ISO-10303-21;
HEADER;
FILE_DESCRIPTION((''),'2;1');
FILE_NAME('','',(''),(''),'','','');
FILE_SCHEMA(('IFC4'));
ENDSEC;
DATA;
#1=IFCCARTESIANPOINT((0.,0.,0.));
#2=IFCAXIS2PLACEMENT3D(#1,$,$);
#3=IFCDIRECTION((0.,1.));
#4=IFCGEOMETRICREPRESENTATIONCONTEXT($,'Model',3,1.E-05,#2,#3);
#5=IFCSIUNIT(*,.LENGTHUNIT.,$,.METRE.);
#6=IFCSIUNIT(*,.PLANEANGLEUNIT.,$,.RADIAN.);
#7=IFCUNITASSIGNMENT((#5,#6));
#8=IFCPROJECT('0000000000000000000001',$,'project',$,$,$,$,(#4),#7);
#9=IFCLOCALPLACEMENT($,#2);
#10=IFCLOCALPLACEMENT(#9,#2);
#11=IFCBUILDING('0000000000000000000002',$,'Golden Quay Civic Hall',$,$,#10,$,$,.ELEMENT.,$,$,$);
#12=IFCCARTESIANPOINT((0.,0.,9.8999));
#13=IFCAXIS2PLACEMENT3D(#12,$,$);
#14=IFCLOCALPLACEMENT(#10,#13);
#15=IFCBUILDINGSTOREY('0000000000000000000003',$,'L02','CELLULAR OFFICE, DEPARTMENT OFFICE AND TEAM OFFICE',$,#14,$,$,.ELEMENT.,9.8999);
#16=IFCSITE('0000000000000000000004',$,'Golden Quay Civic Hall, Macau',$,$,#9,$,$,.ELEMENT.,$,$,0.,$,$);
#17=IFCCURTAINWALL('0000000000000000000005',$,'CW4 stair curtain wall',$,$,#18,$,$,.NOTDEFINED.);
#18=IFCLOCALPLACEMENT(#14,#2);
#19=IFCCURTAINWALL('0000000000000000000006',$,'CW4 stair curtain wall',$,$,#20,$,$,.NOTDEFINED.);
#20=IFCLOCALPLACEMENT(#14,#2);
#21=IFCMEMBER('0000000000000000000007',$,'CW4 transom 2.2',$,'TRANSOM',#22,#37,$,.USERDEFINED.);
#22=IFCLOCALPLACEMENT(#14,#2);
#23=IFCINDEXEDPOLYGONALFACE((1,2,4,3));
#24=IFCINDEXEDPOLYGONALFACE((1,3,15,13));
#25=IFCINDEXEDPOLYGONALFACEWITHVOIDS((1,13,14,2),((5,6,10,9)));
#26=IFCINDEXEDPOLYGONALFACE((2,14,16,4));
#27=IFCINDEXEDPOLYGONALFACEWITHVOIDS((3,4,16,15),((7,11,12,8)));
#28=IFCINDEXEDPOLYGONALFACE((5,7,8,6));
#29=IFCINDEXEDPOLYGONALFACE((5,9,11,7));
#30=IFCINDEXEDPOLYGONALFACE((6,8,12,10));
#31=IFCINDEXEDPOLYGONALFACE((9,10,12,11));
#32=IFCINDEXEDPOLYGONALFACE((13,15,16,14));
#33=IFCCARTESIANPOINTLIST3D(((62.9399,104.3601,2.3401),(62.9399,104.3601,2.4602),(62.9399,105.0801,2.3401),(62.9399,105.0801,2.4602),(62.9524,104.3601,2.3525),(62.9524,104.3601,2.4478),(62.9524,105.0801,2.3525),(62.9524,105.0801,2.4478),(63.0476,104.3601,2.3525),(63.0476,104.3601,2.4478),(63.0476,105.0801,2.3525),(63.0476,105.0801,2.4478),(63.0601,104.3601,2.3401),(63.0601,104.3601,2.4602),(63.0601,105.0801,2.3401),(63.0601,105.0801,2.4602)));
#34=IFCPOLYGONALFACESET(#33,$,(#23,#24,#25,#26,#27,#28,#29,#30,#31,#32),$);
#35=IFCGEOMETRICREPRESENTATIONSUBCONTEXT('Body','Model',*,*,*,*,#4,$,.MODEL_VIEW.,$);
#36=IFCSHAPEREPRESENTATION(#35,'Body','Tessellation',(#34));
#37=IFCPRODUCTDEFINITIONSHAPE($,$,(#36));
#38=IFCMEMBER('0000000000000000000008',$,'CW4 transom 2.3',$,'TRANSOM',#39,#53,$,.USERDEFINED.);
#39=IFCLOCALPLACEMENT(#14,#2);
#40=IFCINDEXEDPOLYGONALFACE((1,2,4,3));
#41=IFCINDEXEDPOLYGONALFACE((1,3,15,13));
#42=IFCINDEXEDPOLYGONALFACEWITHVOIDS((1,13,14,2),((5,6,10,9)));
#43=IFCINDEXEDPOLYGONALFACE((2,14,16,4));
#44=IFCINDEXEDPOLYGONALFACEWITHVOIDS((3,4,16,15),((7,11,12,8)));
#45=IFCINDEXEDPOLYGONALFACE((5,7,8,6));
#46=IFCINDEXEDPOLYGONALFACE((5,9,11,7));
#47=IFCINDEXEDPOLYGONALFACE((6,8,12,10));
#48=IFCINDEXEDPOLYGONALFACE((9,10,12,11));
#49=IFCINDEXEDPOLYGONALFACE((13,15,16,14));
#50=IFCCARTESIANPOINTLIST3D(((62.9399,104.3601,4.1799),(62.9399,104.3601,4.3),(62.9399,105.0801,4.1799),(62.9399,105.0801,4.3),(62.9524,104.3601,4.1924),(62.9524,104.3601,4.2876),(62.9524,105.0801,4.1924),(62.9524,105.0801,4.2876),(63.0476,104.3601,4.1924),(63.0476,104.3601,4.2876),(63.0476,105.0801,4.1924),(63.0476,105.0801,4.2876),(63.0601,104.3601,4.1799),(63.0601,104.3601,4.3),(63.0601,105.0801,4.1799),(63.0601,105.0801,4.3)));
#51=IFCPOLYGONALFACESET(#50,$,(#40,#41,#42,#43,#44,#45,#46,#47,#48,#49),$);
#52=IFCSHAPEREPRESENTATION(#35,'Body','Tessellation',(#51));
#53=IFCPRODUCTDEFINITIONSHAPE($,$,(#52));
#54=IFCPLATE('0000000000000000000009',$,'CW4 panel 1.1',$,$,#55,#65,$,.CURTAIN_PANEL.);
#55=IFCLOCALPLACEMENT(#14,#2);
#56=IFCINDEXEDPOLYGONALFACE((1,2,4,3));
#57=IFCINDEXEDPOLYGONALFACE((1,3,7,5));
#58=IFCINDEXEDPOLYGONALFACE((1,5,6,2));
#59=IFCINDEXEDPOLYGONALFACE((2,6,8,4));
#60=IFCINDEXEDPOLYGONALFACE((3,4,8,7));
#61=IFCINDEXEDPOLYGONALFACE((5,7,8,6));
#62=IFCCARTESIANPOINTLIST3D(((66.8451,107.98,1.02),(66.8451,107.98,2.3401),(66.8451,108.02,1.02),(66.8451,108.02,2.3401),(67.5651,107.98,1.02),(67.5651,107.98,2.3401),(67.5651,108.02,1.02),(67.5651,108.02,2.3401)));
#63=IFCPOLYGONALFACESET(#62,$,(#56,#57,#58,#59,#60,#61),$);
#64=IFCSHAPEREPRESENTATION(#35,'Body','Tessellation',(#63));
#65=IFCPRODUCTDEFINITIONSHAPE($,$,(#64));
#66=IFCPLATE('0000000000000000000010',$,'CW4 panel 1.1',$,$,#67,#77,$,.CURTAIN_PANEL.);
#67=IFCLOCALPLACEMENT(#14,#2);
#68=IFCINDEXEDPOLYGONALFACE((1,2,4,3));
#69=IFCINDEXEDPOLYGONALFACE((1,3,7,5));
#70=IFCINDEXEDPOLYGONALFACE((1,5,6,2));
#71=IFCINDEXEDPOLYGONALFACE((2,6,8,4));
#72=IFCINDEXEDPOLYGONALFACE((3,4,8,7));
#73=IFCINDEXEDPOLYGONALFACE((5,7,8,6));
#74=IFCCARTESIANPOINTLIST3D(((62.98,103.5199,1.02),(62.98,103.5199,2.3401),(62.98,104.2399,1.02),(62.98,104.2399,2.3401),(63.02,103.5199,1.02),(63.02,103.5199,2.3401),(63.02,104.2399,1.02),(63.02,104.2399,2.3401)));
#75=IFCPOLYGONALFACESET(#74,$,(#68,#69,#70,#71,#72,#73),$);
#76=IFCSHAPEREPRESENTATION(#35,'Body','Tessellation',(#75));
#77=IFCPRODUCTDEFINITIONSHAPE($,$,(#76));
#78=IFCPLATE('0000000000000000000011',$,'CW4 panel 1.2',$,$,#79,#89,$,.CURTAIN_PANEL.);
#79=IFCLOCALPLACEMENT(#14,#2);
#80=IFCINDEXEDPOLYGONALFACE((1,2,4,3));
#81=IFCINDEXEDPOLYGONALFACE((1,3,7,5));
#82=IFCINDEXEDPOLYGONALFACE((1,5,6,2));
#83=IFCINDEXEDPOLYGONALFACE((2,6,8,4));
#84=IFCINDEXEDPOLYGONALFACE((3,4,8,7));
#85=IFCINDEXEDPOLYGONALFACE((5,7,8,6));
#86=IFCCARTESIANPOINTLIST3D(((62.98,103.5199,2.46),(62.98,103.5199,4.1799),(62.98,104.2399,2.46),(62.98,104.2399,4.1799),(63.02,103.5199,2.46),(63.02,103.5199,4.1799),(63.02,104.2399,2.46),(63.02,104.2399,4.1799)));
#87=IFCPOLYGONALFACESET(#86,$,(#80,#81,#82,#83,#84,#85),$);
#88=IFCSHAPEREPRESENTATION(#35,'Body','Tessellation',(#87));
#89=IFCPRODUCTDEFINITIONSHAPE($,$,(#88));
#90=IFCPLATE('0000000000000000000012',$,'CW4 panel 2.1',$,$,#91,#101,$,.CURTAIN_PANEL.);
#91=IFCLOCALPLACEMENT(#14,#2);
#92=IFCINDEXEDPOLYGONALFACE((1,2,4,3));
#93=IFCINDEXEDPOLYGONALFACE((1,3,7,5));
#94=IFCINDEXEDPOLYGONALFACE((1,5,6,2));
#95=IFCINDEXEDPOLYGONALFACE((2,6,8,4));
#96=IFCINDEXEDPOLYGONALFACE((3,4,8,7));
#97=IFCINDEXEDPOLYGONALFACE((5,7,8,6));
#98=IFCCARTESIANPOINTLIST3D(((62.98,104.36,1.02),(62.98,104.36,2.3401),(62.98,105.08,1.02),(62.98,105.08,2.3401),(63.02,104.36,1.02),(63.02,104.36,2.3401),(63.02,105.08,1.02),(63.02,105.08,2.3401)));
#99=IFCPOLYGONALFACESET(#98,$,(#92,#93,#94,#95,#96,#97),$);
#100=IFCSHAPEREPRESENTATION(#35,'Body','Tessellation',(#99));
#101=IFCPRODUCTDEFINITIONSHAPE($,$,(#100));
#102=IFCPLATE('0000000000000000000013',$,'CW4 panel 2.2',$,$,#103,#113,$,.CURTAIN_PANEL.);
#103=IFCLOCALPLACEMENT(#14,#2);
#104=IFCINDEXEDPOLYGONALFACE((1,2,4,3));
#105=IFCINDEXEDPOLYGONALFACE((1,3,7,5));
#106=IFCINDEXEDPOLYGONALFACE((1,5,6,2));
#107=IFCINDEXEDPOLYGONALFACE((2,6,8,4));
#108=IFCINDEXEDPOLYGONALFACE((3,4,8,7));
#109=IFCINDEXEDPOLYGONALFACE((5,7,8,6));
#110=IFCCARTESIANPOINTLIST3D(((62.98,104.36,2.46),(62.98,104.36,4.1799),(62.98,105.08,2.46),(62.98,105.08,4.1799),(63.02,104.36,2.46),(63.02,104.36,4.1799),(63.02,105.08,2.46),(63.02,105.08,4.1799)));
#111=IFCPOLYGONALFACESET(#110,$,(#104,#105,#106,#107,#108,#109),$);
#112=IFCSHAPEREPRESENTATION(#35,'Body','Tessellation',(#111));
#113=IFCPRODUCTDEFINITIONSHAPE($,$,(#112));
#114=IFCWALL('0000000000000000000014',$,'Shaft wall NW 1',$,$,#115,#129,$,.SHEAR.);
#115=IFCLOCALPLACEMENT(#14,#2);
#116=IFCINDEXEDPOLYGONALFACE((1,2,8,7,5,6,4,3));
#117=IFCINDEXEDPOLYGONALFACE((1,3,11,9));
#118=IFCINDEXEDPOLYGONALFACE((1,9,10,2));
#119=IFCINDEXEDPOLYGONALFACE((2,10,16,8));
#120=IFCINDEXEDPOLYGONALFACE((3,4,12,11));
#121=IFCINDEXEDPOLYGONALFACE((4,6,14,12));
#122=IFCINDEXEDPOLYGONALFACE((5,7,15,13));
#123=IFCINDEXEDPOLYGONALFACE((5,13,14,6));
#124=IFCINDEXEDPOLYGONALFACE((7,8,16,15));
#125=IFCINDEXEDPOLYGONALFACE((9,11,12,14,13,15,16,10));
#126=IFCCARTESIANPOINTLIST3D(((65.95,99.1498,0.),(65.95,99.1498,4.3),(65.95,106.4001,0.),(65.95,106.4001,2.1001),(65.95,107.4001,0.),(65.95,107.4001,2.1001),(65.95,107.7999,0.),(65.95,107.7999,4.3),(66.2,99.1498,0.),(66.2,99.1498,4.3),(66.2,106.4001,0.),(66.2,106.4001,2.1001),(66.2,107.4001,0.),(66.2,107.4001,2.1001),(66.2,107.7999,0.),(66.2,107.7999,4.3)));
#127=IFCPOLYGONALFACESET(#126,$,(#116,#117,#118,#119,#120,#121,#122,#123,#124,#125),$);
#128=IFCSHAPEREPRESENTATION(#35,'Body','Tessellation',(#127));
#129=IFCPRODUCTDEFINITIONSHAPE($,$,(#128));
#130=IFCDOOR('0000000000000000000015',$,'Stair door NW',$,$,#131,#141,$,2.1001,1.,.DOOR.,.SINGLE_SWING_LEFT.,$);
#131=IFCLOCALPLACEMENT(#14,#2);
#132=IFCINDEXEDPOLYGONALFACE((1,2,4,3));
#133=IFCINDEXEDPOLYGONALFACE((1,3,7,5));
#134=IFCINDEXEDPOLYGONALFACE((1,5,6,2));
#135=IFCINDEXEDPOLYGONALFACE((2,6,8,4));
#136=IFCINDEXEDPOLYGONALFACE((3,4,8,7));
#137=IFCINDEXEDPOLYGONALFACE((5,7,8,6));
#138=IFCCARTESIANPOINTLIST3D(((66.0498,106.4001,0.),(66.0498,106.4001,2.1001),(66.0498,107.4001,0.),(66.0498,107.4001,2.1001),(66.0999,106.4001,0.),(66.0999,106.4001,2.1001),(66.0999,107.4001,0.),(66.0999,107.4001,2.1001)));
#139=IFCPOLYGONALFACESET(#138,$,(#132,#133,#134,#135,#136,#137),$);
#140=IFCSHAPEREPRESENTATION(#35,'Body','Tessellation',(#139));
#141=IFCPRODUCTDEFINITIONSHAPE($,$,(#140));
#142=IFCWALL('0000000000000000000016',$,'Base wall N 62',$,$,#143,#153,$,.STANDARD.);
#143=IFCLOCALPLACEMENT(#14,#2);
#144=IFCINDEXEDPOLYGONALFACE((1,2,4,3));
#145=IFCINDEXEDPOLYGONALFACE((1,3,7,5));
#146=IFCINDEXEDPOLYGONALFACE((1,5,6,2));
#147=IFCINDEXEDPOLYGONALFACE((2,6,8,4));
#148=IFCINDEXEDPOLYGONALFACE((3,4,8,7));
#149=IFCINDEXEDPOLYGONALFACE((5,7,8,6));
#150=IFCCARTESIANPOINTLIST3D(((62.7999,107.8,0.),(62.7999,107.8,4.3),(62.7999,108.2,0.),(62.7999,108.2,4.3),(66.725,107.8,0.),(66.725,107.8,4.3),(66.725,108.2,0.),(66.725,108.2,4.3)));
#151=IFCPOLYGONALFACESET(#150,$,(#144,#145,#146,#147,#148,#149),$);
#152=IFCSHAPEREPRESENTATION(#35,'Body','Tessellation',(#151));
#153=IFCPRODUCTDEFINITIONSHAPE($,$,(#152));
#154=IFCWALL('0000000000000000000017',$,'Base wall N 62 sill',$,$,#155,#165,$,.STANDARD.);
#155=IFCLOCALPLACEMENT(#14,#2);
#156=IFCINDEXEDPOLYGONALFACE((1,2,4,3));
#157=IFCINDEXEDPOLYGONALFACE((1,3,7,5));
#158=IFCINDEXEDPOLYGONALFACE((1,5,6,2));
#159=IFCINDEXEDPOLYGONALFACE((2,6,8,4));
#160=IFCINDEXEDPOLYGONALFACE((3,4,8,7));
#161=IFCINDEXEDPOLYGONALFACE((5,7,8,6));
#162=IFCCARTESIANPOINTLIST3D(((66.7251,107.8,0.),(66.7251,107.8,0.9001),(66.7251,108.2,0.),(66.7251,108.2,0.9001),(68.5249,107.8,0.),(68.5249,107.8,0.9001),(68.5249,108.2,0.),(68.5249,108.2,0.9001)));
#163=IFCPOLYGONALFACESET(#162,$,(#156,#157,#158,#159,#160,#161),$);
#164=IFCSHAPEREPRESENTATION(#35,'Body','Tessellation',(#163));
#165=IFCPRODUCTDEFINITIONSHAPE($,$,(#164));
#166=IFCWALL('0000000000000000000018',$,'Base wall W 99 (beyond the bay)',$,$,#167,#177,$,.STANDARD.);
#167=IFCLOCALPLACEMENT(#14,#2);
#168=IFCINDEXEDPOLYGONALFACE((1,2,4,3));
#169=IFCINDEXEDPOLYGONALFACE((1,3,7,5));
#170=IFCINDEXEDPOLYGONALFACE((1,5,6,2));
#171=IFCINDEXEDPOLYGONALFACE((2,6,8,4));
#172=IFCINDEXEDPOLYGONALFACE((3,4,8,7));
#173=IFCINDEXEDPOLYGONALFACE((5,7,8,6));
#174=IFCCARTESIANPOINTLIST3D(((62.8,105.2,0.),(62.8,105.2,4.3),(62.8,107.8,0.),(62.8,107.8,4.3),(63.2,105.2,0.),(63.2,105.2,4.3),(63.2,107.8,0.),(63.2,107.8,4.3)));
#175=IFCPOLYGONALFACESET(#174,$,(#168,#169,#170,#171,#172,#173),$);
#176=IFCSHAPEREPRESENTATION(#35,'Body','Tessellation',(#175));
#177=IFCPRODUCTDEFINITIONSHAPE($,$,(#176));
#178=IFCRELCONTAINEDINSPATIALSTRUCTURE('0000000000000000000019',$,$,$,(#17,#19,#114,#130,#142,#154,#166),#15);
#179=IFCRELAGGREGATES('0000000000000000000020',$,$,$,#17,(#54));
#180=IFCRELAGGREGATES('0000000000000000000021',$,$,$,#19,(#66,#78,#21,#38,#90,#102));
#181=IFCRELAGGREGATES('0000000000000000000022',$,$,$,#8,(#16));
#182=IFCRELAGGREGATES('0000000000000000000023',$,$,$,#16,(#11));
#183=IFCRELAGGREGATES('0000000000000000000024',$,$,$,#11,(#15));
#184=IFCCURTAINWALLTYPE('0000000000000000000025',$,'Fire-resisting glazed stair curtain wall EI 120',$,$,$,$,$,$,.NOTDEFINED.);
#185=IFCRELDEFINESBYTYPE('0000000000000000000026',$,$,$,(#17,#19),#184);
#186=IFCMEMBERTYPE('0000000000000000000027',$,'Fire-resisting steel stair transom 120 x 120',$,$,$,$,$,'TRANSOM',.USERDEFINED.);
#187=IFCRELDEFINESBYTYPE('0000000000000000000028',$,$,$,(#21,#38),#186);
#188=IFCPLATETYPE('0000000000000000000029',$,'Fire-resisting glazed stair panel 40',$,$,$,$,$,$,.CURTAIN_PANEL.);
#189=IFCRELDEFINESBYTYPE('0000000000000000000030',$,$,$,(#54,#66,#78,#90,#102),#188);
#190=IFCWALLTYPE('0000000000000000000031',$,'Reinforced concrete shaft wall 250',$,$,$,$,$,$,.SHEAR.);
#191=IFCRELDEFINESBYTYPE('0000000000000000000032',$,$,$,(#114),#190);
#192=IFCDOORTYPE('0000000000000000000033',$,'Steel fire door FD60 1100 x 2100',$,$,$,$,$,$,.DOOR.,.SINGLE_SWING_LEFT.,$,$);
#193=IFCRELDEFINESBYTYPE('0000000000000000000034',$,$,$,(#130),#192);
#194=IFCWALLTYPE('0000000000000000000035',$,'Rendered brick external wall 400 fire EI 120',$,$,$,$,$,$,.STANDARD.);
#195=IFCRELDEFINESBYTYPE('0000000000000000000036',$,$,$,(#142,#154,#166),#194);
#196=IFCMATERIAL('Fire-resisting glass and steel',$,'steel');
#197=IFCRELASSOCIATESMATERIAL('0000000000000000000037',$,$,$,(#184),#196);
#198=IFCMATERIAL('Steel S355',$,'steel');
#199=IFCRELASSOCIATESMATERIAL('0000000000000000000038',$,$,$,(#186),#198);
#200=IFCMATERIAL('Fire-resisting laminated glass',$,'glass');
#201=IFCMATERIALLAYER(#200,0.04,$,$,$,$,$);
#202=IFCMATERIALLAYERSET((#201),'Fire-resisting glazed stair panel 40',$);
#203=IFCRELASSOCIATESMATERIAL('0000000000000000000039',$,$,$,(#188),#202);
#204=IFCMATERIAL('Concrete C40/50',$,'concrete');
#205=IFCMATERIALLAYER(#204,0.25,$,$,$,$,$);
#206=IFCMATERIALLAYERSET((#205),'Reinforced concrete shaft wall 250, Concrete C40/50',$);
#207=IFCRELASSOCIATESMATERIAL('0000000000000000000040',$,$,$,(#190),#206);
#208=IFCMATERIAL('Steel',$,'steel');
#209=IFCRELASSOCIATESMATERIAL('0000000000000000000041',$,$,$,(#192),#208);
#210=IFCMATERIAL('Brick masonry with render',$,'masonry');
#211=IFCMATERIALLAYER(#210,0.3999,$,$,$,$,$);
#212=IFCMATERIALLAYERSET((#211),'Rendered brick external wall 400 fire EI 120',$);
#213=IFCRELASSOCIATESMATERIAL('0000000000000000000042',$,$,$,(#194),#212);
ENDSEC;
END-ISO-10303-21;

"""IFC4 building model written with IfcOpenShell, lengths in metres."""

from ifc_helpers import new_model, si_unit, direction, frame, frame_2d, origin, origin_2d, place, context, subcontext, project, spatial, rectangle, hollow_rectangle, extrude, material, layer, layer_set, material_profile, profile_set, type_object, element, fill, aggregate, save


model = new_model("IFC4")

# Units and contexts
model_context = context("Model", 3, precision=1e-05, world=origin(), true_north=direction((0.0, 1.0)))
body_context = subcontext(model_context, "Body", "Model", "MODEL_VIEW")
ifc_project = project(units=[si_unit("LENGTHUNIT", "METRE"), si_unit("PLANEANGLEUNIT", "RADIAN")], contexts=[model_context])

# Site, building, storey
site_placement = place(None, origin())
site = spatial("IfcSite", under=ifc_project, at=site_placement, Name="Golden Quay Civic Hall, Macau", CompositionType="ELEMENT", RefElevation=0.0)
building_placement = place(site_placement, origin())
building = spatial("IfcBuilding", under=site, at=building_placement, Name="Golden Quay Civic Hall", CompositionType="ELEMENT")
storey_placement = place(building_placement, frame((0.0, 0.0, 9.8999)))
storey = spatial("IfcBuildingStorey", under=building, at=storey_placement, Name="L02", Description="CELLULAR OFFICE, DEPARTMENT OFFICE AND TEAM OFFICE", CompositionType="ELEMENT", Elevation=9.8999)

# Curtain wall
ifc_material_1 = material(Name="Fire-resisting glass and steel", Category="steel")
curtain_wall_type = type_object("IfcCurtainWallType", Name="Fire-resisting glazed stair curtain wall EI 120", PredefinedType="NOTDEFINED", material=ifc_material_1)
curtain_wall_1_placement = place(storey_placement, origin())
curtain_wall_1 = element("IfcCurtainWall", 1, at=curtain_wall_1_placement, inside=storey, type_object=curtain_wall_type, Name="CW4 stair curtain wall", PredefinedType="NOTDEFINED")

# Curtain wall
curtain_wall_2_placement = place(storey_placement, origin())
curtain_wall_2 = element("IfcCurtainWall", 2, at=curtain_wall_2_placement, inside=storey, type_object=curtain_wall_type, Name="CW4 stair curtain wall", PredefinedType="NOTDEFINED")

# Members
ifc_material_2 = material(Name="Steel S355", Category="steel")
ifc_material_profile_1 = material_profile(ifc_material_2, hollow_rectangle(XDim=0.1201, YDim=0.1201, WallThickness=0.0125, at=origin_2d()), Name="SHS 120x120x12.5")
ifc_profile_set_1 = profile_set([ifc_material_profile_1], Name="Steel S355")
member_type_1 = type_object("IfcMemberType", Name="Fire-resisting steel stair transom 120 x 120", ElementType="TRANSOM", PredefinedType="USERDEFINED", material=ifc_profile_set_1)
member_1_placement = place(storey_placement, frame((63.0, 104.3601, 2.4001), z_axis=(0.0, 1.0, 0.0), x_axis=(-1.0, 0.0, 0.0)))
member_1 = element("IfcMember", 3, at=member_1_placement, type_object=member_type_1, Name="CW4 transom 2.2", ObjectType="TRANSOM", PredefinedType="USERDEFINED", context=body_context, shape_type="SweptSolid", body=[
    extrude(hollow_rectangle(XDim=0.1201, YDim=0.1201, WallThickness=0.0125, at=origin_2d()), origin(), (0.0, 0.0, 1.0), 0.72),
])
member_2_placement = place(storey_placement, frame((63.0, 104.3601, 4.24), z_axis=(0.0, 1.0, 0.0), x_axis=(-1.0, 0.0, 0.0)))
member_2 = element("IfcMember", 4, at=member_2_placement, type_object=member_type_1, Name="CW4 transom 2.3", ObjectType="TRANSOM", PredefinedType="USERDEFINED", context=body_context, shape_type="SweptSolid", body=[
    extrude(hollow_rectangle(XDim=0.1201, YDim=0.1201, WallThickness=0.0125, at=origin_2d()), origin(), (0.0, 0.0, 1.0), 0.72),
])

# Plates
ifc_material_3 = material(Name="Fire-resisting laminated glass", Category="glass")
ifc_layer_1 = layer(ifc_material_3, 0.04)
ifc_layer_set_1 = layer_set([ifc_layer_1], Name="Fire-resisting glazed stair panel 40")
plate_type = type_object("IfcPlateType", Name="Fire-resisting glazed stair panel 40", PredefinedType="CURTAIN_PANEL", material=ifc_layer_set_1)
plate_1_placement = place(storey_placement, frame((67.2051, 108.0, 1.02), z_axis=(0.0, 0.0, 1.0), x_axis=(1.0, 0.0, 0.0)))
plate_1 = element("IfcPlate", 5, at=plate_1_placement, type_object=plate_type, Name="CW4 panel 1.1", PredefinedType="CURTAIN_PANEL", context=body_context, shape_type="SweptSolid", body=[
    extrude(rectangle(XDim=0.72, YDim=0.04, at=origin_2d()), origin(), (0.0, 0.0, 1.0), 1.3201),
])
aggregate(curtain_wall_1, [plate_1])
plate_2_placement = place(storey_placement, frame((63.0, 103.8799, 1.02), z_axis=(0.0, 0.0, 1.0), x_axis=(0.0, 1.0, 0.0)))
plate_2 = element("IfcPlate", 6, at=plate_2_placement, type_object=plate_type, Name="CW4 panel 1.1", PredefinedType="CURTAIN_PANEL", context=body_context, shape_type="SweptSolid", body=[
    extrude(rectangle(XDim=0.72, YDim=0.04, at=origin_2d()), origin(), (0.0, 0.0, 1.0), 1.3201),
])
plate_3_placement = place(storey_placement, frame((63.0, 103.8799, 2.46), z_axis=(0.0, 0.0, 1.0), x_axis=(0.0, 1.0, 0.0)))
plate_3 = element("IfcPlate", 7, at=plate_3_placement, type_object=plate_type, Name="CW4 panel 1.2", PredefinedType="CURTAIN_PANEL", context=body_context, shape_type="SweptSolid", body=[
    extrude(rectangle(XDim=0.72, YDim=0.04, at=origin_2d()), origin(), (0.0, 0.0, 1.0), 1.72),
])
plate_4_placement = place(storey_placement, frame((63.0, 104.72, 1.02), z_axis=(0.0, 0.0, 1.0), x_axis=(0.0, 1.0, 0.0)))
plate_4 = element("IfcPlate", 8, at=plate_4_placement, type_object=plate_type, Name="CW4 panel 2.1", PredefinedType="CURTAIN_PANEL", context=body_context, shape_type="SweptSolid", body=[
    extrude(rectangle(XDim=0.72, YDim=0.04, at=origin_2d()), origin(), (0.0, 0.0, 1.0), 1.3201),
])
plate_5_placement = place(storey_placement, frame((63.0, 104.72, 2.46), z_axis=(0.0, 0.0, 1.0), x_axis=(0.0, 1.0, 0.0)))
plate_5 = element("IfcPlate", 9, at=plate_5_placement, type_object=plate_type, Name="CW4 panel 2.2", PredefinedType="CURTAIN_PANEL", context=body_context, shape_type="SweptSolid", body=[
    extrude(rectangle(XDim=0.72, YDim=0.04, at=origin_2d()), origin(), (0.0, 0.0, 1.0), 1.72),
])
aggregate(curtain_wall_2, [plate_2, plate_3, member_1, member_2, plate_4, plate_5])

# Wall, opening, door
ifc_material_4 = material(Name="Concrete C40/50", Category="concrete")
ifc_layer_2 = layer(ifc_material_4, 0.25)
ifc_layer_set_2 = layer_set([ifc_layer_2], Name="Reinforced concrete shaft wall 250, Concrete C40/50")
wall_type_1 = type_object("IfcWallType", Name="Reinforced concrete shaft wall 250", PredefinedType="SHEAR", material=ifc_layer_set_2)
wall_1_placement = place(storey_placement, frame((66.075, 107.8, 0.0), z_axis=(0.0, 0.0, 1.0), x_axis=(0.0, -1.0, 0.0)))
wall_1 = element("IfcWall", 10, at=wall_1_placement, inside=storey, type_object=wall_type_1, Name="Shaft wall NW 1", PredefinedType="SHEAR", context=body_context, shape_type="SweptSolid", body=[
    extrude(rectangle(XDim=8.6501, YDim=0.25, at=frame_2d((4.3252, 0.0))), origin(), (0.0, 0.0, 1.0), 4.3),
])
opening_placement = place(wall_1_placement, frame((0.3999, 0.0, 0.0)))
opening = element("IfcOpeningElement", 11, at=opening_placement, cuts=wall_1, PredefinedType="OPENING", context=body_context, shape_type="SweptSolid", body=[
    extrude(rectangle(XDim=1.0, YDim=2.1001, at=frame_2d((0.5, 1.05))), frame((0.0, 0.135, 0.0), z_axis=(0.0, -1.0, 0.0), x_axis=(1.0, 0.0, 0.0)), (0.0, 0.0, 1.0), 0.27),
])
ifc_material_5 = material(Name="Steel", Category="steel")
door_type = type_object("IfcDoorType", Name="Steel fire door FD60 1100 x 2100", OperationType="SINGLE_SWING_LEFT", PredefinedType="DOOR", material=ifc_material_5)
door_placement = place(opening_placement, origin())
door = element("IfcDoor", 12, at=door_placement, inside=storey, type_object=door_type, Name="Stair door NW", OperationType="SINGLE_SWING_LEFT", OverallHeight=2.1001, OverallWidth=1.0, PredefinedType="DOOR", context=body_context, shape_type="SweptSolid", body=[
    extrude(rectangle(XDim=1.0, YDim=2.1001, at=frame_2d((0.5, 1.05))), frame((0.0, 0.0249, 0.0), z_axis=(0.0, -1.0, 0.0), x_axis=(1.0, 0.0, 0.0)), (0.0, 0.0, 1.0), 0.05),
])
fill(opening, door)

# Walls
ifc_material_6 = material(Name="Brick masonry with render", Category="masonry")
ifc_layer_3 = layer(ifc_material_6, 0.3999)
ifc_layer_set_3 = layer_set([ifc_layer_3], Name="Rendered brick external wall 400 fire EI 120")
wall_type_2 = type_object("IfcWallType", Name="Rendered brick external wall 400 fire EI 120", PredefinedType="STANDARD", material=ifc_layer_set_3)
wall_2_placement = place(storey_placement, frame((62.8, 108.0, 0.0), z_axis=(0.0, 0.0, 1.0), x_axis=(1.0, 0.0, 0.0)))
element("IfcWall", 13, at=wall_2_placement, inside=storey, type_object=wall_type_2, Name="Base wall N 62", PredefinedType="STANDARD", context=body_context, shape_type="SweptSolid", body=[
    extrude(rectangle(XDim=3.925, YDim=0.3999, at=frame_2d((1.9624, 0.0))), origin(), (0.0, 0.0, 1.0), 4.3),
])
wall_3_placement = place(storey_placement, frame((66.7251, 108.0, 0.0), z_axis=(0.0, 0.0, 1.0), x_axis=(1.0, 0.0, 0.0)))
element("IfcWall", 14, at=wall_3_placement, inside=storey, type_object=wall_type_2, Name="Base wall N 62 sill", PredefinedType="STANDARD", context=body_context, shape_type="SweptSolid", body=[
    extrude(rectangle(XDim=1.7998, YDim=0.3999, at=frame_2d((0.8999, 0.0))), origin(), (0.0, 0.0, 1.0), 0.9001),
])
wall_4_placement = place(storey_placement, frame((63.0, 105.2, 0.0), z_axis=(0.0, 0.0, 1.0), x_axis=(0.0, 1.0, 0.0)))
element("IfcWall", 15, at=wall_4_placement, inside=storey, type_object=wall_type_2, Name="Base wall W 99 (beyond the bay)", PredefinedType="STANDARD", context=body_context, shape_type="SweptSolid", body=[
    extrude(rectangle(XDim=2.6001, YDim=0.3999, at=frame_2d((1.3, 0.0))), origin(), (0.0, 0.0, 1.0), 4.3),
])

save(model, "model.ifc")
